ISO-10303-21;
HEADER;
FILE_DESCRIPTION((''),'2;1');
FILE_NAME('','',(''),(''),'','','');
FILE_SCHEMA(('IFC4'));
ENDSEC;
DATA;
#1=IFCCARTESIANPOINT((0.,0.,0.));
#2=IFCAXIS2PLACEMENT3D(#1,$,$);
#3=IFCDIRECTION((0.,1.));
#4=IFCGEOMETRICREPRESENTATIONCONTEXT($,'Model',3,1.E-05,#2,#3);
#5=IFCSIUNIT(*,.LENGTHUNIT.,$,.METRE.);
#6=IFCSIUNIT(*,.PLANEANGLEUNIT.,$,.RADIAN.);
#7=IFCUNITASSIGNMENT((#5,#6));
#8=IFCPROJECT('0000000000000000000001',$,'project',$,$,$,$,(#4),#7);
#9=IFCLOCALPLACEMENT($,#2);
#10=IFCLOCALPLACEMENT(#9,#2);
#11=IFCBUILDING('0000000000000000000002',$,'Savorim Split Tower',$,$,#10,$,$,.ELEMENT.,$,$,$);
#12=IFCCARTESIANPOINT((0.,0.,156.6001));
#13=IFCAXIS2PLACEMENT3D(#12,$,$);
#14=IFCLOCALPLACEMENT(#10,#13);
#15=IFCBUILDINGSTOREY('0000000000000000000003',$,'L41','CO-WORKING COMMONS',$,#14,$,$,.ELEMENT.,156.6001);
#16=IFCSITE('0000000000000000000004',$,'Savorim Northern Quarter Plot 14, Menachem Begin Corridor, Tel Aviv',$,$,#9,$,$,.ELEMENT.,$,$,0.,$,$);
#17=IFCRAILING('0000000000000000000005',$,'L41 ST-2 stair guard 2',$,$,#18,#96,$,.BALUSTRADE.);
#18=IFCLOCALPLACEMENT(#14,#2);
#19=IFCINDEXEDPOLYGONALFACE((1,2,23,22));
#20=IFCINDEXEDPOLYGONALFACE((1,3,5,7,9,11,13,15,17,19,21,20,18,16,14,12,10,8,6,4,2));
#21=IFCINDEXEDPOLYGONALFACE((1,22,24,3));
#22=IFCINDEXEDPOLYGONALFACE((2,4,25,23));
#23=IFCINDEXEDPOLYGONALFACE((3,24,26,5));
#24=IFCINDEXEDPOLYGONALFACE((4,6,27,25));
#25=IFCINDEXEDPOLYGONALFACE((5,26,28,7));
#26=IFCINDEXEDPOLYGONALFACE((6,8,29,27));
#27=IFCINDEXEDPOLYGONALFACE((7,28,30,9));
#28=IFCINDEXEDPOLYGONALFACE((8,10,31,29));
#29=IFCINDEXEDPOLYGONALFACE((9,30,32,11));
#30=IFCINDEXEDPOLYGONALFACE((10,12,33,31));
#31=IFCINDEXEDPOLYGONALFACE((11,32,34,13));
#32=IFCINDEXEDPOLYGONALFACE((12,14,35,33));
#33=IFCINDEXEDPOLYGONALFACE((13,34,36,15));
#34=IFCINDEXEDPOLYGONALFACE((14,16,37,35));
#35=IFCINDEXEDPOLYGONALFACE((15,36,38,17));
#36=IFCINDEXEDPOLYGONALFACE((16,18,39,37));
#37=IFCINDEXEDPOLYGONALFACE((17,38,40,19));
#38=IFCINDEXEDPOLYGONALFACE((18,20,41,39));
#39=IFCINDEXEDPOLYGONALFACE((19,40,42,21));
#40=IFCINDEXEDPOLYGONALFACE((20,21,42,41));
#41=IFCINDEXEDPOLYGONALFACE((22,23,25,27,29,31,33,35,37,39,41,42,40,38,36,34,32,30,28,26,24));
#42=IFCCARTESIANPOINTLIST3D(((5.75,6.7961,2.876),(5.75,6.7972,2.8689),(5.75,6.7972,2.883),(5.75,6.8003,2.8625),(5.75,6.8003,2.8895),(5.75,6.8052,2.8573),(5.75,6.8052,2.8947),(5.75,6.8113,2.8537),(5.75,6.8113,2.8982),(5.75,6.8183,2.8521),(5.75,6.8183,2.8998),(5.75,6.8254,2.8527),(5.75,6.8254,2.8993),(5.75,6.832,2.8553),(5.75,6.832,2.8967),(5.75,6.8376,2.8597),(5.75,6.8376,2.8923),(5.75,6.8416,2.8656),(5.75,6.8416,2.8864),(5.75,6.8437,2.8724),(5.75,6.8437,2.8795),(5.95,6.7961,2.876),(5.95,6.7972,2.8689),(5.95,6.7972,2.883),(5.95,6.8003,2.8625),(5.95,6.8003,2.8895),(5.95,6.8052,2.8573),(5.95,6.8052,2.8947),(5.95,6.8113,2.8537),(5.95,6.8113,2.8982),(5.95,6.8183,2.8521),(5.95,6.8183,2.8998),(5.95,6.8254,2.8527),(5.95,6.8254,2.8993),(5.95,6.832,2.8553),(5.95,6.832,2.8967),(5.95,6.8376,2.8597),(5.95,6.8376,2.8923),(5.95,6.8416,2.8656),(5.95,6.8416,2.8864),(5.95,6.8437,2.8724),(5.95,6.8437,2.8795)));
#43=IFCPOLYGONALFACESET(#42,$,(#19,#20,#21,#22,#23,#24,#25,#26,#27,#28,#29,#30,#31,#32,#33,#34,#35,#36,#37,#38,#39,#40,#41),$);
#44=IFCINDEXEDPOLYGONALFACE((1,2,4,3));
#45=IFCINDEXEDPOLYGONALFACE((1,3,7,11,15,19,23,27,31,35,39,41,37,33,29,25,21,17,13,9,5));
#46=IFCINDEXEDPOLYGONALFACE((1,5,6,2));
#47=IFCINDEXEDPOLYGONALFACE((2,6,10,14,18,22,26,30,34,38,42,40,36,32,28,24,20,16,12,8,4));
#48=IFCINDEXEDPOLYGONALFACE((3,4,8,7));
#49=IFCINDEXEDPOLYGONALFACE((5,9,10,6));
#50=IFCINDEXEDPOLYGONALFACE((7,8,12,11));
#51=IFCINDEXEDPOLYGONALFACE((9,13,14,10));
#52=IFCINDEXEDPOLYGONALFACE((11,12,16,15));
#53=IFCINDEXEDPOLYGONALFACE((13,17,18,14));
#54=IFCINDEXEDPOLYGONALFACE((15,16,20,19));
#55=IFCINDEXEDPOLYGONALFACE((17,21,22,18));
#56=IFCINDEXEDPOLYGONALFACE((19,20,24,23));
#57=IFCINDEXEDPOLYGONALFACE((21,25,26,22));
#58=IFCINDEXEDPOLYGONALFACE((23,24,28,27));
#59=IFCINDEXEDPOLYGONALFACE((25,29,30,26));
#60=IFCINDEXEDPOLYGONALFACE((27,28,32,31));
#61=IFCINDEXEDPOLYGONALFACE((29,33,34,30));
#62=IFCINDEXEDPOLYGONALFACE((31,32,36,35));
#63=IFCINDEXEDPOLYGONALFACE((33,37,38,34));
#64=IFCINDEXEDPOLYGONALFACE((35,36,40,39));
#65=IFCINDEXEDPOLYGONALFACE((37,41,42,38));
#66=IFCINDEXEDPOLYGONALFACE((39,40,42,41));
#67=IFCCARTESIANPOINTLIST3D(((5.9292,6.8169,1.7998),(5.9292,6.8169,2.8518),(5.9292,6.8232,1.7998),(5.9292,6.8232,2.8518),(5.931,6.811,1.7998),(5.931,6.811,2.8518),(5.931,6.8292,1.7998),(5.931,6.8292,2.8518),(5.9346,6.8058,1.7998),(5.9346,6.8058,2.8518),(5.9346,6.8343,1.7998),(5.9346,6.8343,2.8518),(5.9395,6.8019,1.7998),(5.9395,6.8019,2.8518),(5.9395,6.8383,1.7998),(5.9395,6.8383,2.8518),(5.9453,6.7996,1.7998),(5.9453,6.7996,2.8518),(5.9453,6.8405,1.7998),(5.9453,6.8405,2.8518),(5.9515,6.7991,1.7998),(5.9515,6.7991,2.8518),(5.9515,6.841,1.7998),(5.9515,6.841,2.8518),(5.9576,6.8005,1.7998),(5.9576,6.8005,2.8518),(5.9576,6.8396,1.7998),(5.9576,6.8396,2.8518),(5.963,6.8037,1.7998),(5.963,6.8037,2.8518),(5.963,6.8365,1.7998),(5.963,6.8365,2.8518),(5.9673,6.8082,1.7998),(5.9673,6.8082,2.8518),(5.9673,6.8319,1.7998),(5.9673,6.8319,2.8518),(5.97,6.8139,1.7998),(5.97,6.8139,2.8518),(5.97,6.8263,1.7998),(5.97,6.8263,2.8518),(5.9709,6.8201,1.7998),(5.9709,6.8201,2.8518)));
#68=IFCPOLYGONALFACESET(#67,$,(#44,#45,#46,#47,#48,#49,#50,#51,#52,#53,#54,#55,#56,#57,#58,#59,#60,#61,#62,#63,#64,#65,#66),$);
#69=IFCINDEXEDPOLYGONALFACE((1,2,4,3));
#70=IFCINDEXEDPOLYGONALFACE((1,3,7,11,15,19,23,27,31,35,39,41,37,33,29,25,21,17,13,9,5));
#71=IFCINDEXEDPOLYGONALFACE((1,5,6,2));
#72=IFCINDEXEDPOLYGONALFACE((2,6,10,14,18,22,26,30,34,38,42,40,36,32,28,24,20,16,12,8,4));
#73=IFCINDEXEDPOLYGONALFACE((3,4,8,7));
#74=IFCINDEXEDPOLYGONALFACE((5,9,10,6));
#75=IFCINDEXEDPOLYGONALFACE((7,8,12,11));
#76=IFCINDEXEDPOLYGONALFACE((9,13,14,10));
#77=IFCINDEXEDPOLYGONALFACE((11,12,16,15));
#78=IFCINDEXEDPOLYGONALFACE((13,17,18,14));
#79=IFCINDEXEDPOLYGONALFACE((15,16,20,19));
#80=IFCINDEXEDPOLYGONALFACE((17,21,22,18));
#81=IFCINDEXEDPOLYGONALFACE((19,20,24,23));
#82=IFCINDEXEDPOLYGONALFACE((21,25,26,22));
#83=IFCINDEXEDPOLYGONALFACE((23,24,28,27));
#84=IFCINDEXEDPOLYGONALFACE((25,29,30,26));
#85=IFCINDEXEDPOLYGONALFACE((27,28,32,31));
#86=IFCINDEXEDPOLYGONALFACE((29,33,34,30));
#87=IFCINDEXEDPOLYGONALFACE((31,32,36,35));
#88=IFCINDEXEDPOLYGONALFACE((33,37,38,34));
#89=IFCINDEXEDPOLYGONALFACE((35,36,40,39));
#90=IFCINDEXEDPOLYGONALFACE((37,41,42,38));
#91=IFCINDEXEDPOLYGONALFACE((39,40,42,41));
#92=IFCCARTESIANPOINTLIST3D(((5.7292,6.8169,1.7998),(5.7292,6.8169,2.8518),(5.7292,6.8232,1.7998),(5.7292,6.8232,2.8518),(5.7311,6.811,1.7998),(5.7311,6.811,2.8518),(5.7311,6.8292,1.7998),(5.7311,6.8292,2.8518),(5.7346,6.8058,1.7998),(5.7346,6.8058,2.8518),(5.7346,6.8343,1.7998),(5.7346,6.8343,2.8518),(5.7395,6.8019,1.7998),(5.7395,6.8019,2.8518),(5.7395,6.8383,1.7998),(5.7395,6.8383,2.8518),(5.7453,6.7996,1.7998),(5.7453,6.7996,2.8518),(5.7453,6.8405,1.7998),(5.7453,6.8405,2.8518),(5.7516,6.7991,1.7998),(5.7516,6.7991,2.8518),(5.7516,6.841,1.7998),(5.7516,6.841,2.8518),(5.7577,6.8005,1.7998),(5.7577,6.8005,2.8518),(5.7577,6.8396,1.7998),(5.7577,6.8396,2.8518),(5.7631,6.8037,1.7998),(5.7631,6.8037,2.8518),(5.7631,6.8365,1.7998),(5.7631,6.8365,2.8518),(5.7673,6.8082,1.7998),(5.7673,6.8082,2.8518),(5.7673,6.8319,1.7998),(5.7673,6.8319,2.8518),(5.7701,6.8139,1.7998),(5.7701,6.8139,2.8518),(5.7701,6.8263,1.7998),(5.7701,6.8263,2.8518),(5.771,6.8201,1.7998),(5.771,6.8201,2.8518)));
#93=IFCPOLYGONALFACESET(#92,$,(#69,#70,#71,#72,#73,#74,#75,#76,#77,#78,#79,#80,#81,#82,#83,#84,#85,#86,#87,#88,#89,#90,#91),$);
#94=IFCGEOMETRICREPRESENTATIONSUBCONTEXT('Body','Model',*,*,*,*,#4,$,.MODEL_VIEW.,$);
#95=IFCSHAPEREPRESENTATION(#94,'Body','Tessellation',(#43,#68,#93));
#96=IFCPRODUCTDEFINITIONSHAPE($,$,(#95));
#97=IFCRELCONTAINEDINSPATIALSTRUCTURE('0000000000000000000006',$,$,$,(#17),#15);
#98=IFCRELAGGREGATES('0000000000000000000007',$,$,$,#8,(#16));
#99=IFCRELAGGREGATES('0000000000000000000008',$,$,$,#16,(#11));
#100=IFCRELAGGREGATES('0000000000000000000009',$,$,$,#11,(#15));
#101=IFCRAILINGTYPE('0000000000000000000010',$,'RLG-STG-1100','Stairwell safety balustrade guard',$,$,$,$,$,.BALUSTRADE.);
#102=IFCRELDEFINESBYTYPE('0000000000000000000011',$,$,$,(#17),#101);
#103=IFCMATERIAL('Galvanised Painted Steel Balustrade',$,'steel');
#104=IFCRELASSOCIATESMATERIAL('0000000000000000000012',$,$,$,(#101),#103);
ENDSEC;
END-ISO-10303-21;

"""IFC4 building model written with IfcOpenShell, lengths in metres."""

from ifc_helpers import new_model, si_unit, direction, frame, origin, origin_2d, place, context, subcontext, project, spatial, circle, extrude, material, type_object, element, save


model = new_model("IFC4")

# Units and contexts
model_context = context("Model", 3, precision=1e-05, world=origin(), true_north=direction((0.0, 1.0)))
body_context = subcontext(model_context, "Body", "Model", "MODEL_VIEW")
ifc_project = project(units=[si_unit("LENGTHUNIT", "METRE"), si_unit("PLANEANGLEUNIT", "RADIAN")], contexts=[model_context])

# Site, building, storey
site_placement = place(None, origin())
site = spatial("IfcSite", under=ifc_project, at=site_placement, Name="Savorim Northern Quarter Plot 14, Menachem Begin Corridor, Tel Aviv", CompositionType="ELEMENT", RefElevation=0.0)
building_placement = place(site_placement, origin())
building = spatial("IfcBuilding", under=site, at=building_placement, Name="Savorim Split Tower", CompositionType="ELEMENT")
storey_placement = place(building_placement, frame((0.0, 0.0, 156.6001)))
storey = spatial("IfcBuildingStorey", under=building, at=storey_placement, Name="L41", Description="CO-WORKING COMMONS", CompositionType="ELEMENT", Elevation=156.6001)

# Railing
ifc_material_1 = material(Name="Galvanised Painted Steel Balustrade", Category="steel")
railing_type_1 = type_object("IfcRailingType", Name="RLG-STG-1100", Description="Stairwell safety balustrade guard", PredefinedType="BALUSTRADE", material=ifc_material_1)
railing_1_placement = place(storey_placement, frame((5.95, 6.8201, 1.7998)))
element("IfcRailing", 1, at=railing_1_placement, inside=storey, type_object=railing_type_1, Name="L41 ST-2 stair guard 2", PredefinedType="BALUSTRADE", context=body_context, shape_type="SweptSolid", body=[
    extrude(circle(Radius=0.0239, at=origin_2d()), frame((0.0, 0.0, 1.0762), z_axis=(-1.0, 0.0, 0.0), x_axis=(0.0, -1.0, 0.0)), (0.0, 0.0, 1.0), 0.2),
    extrude(circle(Radius=0.021, at=origin_2d()), origin(), (0.0, 0.0, 1.0), 1.052),
    extrude(circle(Radius=0.021, at=origin_2d()), frame((-0.2, 0.0, 0.0)), (0.0, 0.0, 1.0), 1.052),
])

save(model, "model.ifc")
